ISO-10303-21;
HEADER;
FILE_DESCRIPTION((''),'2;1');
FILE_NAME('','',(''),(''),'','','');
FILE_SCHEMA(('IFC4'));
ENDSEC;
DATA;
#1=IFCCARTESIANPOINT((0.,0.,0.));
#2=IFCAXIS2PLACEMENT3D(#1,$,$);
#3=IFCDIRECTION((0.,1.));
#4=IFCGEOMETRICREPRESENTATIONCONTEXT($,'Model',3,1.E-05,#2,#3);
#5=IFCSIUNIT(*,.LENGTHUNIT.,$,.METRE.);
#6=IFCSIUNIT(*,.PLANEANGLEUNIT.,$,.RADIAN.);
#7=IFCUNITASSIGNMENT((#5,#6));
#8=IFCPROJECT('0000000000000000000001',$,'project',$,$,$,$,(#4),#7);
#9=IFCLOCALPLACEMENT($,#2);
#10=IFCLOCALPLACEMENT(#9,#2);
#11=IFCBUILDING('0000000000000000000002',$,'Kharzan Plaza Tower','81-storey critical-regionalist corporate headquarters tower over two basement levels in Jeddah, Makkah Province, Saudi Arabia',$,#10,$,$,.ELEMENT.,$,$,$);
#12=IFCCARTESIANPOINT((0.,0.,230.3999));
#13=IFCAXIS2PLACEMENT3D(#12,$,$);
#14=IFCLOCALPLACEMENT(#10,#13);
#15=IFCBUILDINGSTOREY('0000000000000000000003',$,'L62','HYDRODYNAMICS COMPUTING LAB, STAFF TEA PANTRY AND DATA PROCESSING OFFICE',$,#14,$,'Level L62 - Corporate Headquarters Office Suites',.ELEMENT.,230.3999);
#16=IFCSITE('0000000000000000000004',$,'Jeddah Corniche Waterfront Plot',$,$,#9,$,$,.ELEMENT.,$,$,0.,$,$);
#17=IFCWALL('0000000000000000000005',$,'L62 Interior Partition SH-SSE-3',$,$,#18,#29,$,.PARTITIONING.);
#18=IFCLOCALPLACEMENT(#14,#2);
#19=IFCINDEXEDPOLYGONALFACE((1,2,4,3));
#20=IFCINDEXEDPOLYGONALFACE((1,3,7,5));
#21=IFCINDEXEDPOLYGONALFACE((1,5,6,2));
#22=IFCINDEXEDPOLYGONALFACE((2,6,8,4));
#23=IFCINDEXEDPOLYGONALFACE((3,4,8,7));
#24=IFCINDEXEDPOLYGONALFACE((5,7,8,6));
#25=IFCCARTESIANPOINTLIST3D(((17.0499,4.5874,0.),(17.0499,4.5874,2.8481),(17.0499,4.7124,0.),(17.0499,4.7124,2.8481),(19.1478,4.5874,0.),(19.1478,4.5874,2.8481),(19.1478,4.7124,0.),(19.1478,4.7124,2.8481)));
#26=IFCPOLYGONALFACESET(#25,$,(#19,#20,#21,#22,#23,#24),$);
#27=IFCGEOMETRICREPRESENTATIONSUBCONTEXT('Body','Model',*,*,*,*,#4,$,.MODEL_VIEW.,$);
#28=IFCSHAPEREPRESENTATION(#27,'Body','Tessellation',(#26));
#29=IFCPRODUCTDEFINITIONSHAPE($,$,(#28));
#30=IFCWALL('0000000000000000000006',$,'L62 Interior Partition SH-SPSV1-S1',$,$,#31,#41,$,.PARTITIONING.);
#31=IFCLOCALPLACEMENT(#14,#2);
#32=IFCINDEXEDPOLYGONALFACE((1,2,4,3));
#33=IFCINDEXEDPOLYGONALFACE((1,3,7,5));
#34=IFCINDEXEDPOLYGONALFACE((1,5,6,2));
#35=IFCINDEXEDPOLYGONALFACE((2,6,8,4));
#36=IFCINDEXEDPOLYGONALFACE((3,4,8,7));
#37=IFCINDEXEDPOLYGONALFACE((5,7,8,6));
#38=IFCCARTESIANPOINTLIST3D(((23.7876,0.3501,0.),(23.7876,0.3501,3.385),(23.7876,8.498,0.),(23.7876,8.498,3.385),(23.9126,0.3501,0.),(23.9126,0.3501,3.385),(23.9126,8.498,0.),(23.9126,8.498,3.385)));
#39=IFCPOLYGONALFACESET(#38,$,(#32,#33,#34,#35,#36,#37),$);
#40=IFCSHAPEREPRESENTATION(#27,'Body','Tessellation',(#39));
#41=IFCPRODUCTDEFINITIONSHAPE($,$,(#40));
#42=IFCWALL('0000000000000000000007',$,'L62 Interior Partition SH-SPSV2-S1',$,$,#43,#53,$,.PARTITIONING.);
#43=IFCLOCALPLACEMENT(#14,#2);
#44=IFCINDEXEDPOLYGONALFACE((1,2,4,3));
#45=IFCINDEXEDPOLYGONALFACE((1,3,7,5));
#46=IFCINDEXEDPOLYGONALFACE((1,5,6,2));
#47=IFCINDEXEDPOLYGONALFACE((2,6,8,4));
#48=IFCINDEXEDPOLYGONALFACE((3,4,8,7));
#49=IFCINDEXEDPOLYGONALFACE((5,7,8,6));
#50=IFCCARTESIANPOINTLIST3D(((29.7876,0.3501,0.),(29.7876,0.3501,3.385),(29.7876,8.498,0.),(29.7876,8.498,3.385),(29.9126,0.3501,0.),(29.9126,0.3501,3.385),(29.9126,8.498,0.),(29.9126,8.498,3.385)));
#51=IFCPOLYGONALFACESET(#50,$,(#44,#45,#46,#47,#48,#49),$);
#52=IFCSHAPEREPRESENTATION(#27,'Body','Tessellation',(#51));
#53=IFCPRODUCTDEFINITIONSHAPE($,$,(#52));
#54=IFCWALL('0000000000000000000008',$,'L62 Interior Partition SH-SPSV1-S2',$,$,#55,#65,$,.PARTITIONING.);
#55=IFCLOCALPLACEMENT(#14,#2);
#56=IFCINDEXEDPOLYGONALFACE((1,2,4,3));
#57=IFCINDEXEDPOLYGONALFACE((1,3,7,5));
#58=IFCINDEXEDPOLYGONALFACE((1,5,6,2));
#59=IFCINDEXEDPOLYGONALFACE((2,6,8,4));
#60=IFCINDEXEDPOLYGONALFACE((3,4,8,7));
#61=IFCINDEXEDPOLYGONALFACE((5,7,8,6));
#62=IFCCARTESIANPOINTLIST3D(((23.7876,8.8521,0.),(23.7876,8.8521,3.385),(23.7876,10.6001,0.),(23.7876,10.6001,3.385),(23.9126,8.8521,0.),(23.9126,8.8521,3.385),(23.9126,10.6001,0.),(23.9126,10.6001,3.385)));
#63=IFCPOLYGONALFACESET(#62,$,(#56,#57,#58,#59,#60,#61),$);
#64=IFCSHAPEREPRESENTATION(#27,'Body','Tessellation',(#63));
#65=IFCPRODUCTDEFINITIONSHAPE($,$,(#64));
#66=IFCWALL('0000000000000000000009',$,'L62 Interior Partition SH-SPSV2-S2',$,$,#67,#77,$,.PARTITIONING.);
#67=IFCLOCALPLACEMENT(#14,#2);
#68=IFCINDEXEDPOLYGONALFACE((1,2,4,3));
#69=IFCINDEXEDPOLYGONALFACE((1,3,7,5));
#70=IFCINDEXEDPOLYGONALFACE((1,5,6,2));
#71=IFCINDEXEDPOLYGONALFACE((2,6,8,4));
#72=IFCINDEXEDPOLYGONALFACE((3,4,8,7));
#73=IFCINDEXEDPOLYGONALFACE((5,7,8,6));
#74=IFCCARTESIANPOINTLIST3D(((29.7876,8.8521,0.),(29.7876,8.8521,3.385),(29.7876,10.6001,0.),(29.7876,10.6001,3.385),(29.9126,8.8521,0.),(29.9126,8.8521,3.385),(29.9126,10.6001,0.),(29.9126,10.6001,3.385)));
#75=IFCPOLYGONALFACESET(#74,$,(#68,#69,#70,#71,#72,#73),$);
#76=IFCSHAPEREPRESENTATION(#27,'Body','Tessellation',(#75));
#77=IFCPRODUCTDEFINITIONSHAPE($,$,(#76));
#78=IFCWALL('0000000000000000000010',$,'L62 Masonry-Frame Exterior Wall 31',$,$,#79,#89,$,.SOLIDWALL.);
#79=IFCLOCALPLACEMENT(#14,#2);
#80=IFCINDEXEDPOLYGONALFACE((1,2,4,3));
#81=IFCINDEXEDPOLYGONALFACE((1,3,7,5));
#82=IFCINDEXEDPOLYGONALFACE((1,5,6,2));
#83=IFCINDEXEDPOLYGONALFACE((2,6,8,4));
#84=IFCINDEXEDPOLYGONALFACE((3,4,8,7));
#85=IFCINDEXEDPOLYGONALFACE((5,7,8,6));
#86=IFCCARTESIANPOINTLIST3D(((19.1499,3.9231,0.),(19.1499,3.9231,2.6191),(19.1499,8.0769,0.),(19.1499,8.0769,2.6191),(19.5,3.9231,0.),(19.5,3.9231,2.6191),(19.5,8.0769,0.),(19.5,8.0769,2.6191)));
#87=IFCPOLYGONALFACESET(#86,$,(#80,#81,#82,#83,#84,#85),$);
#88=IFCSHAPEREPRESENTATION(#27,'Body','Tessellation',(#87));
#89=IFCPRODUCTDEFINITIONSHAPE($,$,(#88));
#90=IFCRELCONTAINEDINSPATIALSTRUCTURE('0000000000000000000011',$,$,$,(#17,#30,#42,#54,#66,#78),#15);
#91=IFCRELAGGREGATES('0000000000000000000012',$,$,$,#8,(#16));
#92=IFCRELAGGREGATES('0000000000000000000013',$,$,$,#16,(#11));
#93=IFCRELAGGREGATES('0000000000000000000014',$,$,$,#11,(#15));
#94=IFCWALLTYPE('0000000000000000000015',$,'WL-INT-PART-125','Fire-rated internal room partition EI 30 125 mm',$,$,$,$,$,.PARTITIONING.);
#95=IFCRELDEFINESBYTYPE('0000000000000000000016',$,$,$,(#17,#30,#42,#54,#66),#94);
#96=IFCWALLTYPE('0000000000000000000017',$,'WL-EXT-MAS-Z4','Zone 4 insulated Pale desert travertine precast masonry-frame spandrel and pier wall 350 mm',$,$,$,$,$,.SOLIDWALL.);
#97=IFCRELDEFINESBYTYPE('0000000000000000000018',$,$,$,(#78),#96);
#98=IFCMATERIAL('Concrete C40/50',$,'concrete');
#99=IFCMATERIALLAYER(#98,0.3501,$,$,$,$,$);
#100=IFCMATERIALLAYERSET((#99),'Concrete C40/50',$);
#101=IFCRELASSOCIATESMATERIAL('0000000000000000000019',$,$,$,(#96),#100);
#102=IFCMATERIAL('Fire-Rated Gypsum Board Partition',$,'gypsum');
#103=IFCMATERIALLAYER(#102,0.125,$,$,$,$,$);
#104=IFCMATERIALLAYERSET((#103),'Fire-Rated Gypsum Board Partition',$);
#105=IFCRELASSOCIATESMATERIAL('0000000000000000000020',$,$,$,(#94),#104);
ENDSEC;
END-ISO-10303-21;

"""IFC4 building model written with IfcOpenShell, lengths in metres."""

from ifc_helpers import new_model, si_unit, direction, frame, frame_2d, origin, place, context, subcontext, project, spatial, rectangle, extrude, source, transform, mapped, material, layer, layer_set, type_object, element, save


model = new_model("IFC4")

# Units and contexts
model_context = context("Model", 3, precision=1e-05, world=origin(), true_north=direction((0.0, 1.0)))
body_context = subcontext(model_context, "Body", "Model", "MODEL_VIEW")
ifc_project = project(units=[si_unit("LENGTHUNIT", "METRE"), si_unit("PLANEANGLEUNIT", "RADIAN")], contexts=[model_context])

# Site, building, storey
site_placement = place(None, origin())
site = spatial("IfcSite", under=ifc_project, at=site_placement, Name="Jeddah Corniche Waterfront Plot", CompositionType="ELEMENT", RefElevation=0.0)
building_placement = place(site_placement, origin())
building = spatial("IfcBuilding", under=site, at=building_placement, Name="Kharzan Plaza Tower", Description="81-storey critical-regionalist corporate headquarters tower over two basement levels in Jeddah, Makkah Province, Saudi Arabia", CompositionType="ELEMENT")
storey_placement = place(building_placement, frame((0.0, 0.0, 230.3999)))
storey = spatial("IfcBuildingStorey", under=building, at=storey_placement, Name="L62", Description="HYDRODYNAMICS COMPUTING LAB, STAFF TEA PANTRY AND DATA PROCESSING OFFICE", LongName="Level L62 - Corporate Headquarters Office Suites", CompositionType="ELEMENT", Elevation=230.3999)

# Shared definitions
ifc_material_1 = material(Name="Concrete C40/50", Category="concrete")
ifc_layer_1 = layer(ifc_material_1, 0.3501)
ifc_layer_set_1 = layer_set([ifc_layer_1], Name="Concrete C40/50")
wall_type_1 = type_object("IfcWallType", Name="WL-EXT-MAS-Z4", Description="Zone 4 insulated Pale desert travertine precast masonry-frame spandrel and pier wall 350 mm", PredefinedType="SOLIDWALL", material=ifc_layer_set_1)

# Shared definitions
ifc_material_2 = material(Name="Fire-Rated Gypsum Board Partition", Category="gypsum")
ifc_layer_2 = layer(ifc_material_2, 0.125)
ifc_layer_set_2 = layer_set([ifc_layer_2], Name="Fire-Rated Gypsum Board Partition")
wall_type_2 = type_object("IfcWallType", Name="WL-INT-PART-125", Description="Fire-rated internal room partition EI 30 125 mm", PredefinedType="PARTITIONING", material=ifc_layer_set_2)

# Walls
shared_shape_1 = source(origin(), body_context, "Body", "SweptSolid", [
    extrude(rectangle(XDim=2.0979, YDim=0.125, at=frame_2d((1.0488, 0.0))), origin(), (0.0, 0.0, 1.0), 2.8481),
])
wall_1_placement = place(storey_placement, frame((17.05, 4.6499, 0.0), z_axis=(0.0, 0.0, 1.0), x_axis=(1.0, 0.0, 0.0)))
element("IfcWall", 1, at=wall_1_placement, inside=storey, type_object=wall_type_2, Name="L62 Interior Partition SH-SSE-3", PredefinedType="PARTITIONING", context=body_context, shape_type="MappedRepresentation", body=[
    mapped(shared_shape_1, transform((0.0, 0.0, 0.0), x_axis=(1.0, 0.0, 0.0), y_axis=(0.0, 1.0, 0.0), z_axis=(0.0, 0.0, 1.0))),
])
shared_shape_2 = source(origin(), body_context, "Body", "SweptSolid", [
    extrude(rectangle(XDim=8.1479, YDim=0.125, at=frame_2d((4.074, 0.0))), origin(), (0.0, 0.0, 1.0), 3.385),
])
for number, where, z_axis, x_axis, name in (
    (2, (23.8501, 0.3501, 0.0), (0.0, 0.0, 1.0), (0.0, 1.0, 0.0), "L62 Interior Partition SH-SPSV1-S1"),
    (3, (29.8501, 0.3501, 0.0), (0.0, 0.0, 1.0), (0.0, 1.0, 0.0), "L62 Interior Partition SH-SPSV2-S1"),
):
    element("IfcWall", number, at=place(storey_placement, frame(where, z_axis=z_axis, x_axis=x_axis)), inside=storey, type_object=wall_type_2, Name=name, PredefinedType="PARTITIONING", context=body_context, shape_type="MappedRepresentation", body=[
        mapped(shared_shape_2, transform((0.0, 0.0, 0.0), x_axis=(1.0, 0.0, 0.0), y_axis=(0.0, 1.0, 0.0), z_axis=(0.0, 0.0, 1.0))),
    ])
shared_shape_3 = source(origin(), body_context, "Body", "SweptSolid", [
    extrude(rectangle(XDim=1.748, YDim=0.125, at=frame_2d((0.874, 0.0))), origin(), (0.0, 0.0, 1.0), 3.385),
])
for number, where, z_axis, x_axis, name in (
    (4, (23.8501, 8.8521, 0.0), (0.0, 0.0, 1.0), (0.0, 1.0, 0.0), "L62 Interior Partition SH-SPSV1-S2"),
    (5, (29.8501, 8.8521, 0.0), (0.0, 0.0, 1.0), (0.0, 1.0, 0.0), "L62 Interior Partition SH-SPSV2-S2"),
):
    element("IfcWall", number, at=place(storey_placement, frame(where, z_axis=z_axis, x_axis=x_axis)), inside=storey, type_object=wall_type_2, Name=name, PredefinedType="PARTITIONING", context=body_context, shape_type="MappedRepresentation", body=[
        mapped(shared_shape_3, transform((0.0, 0.0, 0.0), x_axis=(1.0, 0.0, 0.0), y_axis=(0.0, 1.0, 0.0), z_axis=(0.0, 0.0, 1.0))),
    ])
shared_shape_4 = source(origin(), body_context, "Body", "SweptSolid", [
    extrude(rectangle(XDim=4.1538, YDim=0.3501, at=frame_2d((2.0769, 0.0))), origin(), (0.0, 0.0, 1.0), 2.6191),
])
wall_2_placement = place(storey_placement, frame((19.325, 3.9231, 0.0), z_axis=(0.0, 0.0, 1.0), x_axis=(0.0, 1.0, 0.0)))
element("IfcWall", 6, at=wall_2_placement, inside=storey, type_object=wall_type_1, Name="L62 Masonry-Frame Exterior Wall 31", PredefinedType="SOLIDWALL", context=body_context, shape_type="MappedRepresentation", body=[
    mapped(shared_shape_4, transform((0.0, 0.0, 0.0), x_axis=(1.0, 0.0, 0.0), y_axis=(0.0, 1.0, 0.0), z_axis=(0.0, 0.0, 1.0))),
])

save(model, "model.ifc")
